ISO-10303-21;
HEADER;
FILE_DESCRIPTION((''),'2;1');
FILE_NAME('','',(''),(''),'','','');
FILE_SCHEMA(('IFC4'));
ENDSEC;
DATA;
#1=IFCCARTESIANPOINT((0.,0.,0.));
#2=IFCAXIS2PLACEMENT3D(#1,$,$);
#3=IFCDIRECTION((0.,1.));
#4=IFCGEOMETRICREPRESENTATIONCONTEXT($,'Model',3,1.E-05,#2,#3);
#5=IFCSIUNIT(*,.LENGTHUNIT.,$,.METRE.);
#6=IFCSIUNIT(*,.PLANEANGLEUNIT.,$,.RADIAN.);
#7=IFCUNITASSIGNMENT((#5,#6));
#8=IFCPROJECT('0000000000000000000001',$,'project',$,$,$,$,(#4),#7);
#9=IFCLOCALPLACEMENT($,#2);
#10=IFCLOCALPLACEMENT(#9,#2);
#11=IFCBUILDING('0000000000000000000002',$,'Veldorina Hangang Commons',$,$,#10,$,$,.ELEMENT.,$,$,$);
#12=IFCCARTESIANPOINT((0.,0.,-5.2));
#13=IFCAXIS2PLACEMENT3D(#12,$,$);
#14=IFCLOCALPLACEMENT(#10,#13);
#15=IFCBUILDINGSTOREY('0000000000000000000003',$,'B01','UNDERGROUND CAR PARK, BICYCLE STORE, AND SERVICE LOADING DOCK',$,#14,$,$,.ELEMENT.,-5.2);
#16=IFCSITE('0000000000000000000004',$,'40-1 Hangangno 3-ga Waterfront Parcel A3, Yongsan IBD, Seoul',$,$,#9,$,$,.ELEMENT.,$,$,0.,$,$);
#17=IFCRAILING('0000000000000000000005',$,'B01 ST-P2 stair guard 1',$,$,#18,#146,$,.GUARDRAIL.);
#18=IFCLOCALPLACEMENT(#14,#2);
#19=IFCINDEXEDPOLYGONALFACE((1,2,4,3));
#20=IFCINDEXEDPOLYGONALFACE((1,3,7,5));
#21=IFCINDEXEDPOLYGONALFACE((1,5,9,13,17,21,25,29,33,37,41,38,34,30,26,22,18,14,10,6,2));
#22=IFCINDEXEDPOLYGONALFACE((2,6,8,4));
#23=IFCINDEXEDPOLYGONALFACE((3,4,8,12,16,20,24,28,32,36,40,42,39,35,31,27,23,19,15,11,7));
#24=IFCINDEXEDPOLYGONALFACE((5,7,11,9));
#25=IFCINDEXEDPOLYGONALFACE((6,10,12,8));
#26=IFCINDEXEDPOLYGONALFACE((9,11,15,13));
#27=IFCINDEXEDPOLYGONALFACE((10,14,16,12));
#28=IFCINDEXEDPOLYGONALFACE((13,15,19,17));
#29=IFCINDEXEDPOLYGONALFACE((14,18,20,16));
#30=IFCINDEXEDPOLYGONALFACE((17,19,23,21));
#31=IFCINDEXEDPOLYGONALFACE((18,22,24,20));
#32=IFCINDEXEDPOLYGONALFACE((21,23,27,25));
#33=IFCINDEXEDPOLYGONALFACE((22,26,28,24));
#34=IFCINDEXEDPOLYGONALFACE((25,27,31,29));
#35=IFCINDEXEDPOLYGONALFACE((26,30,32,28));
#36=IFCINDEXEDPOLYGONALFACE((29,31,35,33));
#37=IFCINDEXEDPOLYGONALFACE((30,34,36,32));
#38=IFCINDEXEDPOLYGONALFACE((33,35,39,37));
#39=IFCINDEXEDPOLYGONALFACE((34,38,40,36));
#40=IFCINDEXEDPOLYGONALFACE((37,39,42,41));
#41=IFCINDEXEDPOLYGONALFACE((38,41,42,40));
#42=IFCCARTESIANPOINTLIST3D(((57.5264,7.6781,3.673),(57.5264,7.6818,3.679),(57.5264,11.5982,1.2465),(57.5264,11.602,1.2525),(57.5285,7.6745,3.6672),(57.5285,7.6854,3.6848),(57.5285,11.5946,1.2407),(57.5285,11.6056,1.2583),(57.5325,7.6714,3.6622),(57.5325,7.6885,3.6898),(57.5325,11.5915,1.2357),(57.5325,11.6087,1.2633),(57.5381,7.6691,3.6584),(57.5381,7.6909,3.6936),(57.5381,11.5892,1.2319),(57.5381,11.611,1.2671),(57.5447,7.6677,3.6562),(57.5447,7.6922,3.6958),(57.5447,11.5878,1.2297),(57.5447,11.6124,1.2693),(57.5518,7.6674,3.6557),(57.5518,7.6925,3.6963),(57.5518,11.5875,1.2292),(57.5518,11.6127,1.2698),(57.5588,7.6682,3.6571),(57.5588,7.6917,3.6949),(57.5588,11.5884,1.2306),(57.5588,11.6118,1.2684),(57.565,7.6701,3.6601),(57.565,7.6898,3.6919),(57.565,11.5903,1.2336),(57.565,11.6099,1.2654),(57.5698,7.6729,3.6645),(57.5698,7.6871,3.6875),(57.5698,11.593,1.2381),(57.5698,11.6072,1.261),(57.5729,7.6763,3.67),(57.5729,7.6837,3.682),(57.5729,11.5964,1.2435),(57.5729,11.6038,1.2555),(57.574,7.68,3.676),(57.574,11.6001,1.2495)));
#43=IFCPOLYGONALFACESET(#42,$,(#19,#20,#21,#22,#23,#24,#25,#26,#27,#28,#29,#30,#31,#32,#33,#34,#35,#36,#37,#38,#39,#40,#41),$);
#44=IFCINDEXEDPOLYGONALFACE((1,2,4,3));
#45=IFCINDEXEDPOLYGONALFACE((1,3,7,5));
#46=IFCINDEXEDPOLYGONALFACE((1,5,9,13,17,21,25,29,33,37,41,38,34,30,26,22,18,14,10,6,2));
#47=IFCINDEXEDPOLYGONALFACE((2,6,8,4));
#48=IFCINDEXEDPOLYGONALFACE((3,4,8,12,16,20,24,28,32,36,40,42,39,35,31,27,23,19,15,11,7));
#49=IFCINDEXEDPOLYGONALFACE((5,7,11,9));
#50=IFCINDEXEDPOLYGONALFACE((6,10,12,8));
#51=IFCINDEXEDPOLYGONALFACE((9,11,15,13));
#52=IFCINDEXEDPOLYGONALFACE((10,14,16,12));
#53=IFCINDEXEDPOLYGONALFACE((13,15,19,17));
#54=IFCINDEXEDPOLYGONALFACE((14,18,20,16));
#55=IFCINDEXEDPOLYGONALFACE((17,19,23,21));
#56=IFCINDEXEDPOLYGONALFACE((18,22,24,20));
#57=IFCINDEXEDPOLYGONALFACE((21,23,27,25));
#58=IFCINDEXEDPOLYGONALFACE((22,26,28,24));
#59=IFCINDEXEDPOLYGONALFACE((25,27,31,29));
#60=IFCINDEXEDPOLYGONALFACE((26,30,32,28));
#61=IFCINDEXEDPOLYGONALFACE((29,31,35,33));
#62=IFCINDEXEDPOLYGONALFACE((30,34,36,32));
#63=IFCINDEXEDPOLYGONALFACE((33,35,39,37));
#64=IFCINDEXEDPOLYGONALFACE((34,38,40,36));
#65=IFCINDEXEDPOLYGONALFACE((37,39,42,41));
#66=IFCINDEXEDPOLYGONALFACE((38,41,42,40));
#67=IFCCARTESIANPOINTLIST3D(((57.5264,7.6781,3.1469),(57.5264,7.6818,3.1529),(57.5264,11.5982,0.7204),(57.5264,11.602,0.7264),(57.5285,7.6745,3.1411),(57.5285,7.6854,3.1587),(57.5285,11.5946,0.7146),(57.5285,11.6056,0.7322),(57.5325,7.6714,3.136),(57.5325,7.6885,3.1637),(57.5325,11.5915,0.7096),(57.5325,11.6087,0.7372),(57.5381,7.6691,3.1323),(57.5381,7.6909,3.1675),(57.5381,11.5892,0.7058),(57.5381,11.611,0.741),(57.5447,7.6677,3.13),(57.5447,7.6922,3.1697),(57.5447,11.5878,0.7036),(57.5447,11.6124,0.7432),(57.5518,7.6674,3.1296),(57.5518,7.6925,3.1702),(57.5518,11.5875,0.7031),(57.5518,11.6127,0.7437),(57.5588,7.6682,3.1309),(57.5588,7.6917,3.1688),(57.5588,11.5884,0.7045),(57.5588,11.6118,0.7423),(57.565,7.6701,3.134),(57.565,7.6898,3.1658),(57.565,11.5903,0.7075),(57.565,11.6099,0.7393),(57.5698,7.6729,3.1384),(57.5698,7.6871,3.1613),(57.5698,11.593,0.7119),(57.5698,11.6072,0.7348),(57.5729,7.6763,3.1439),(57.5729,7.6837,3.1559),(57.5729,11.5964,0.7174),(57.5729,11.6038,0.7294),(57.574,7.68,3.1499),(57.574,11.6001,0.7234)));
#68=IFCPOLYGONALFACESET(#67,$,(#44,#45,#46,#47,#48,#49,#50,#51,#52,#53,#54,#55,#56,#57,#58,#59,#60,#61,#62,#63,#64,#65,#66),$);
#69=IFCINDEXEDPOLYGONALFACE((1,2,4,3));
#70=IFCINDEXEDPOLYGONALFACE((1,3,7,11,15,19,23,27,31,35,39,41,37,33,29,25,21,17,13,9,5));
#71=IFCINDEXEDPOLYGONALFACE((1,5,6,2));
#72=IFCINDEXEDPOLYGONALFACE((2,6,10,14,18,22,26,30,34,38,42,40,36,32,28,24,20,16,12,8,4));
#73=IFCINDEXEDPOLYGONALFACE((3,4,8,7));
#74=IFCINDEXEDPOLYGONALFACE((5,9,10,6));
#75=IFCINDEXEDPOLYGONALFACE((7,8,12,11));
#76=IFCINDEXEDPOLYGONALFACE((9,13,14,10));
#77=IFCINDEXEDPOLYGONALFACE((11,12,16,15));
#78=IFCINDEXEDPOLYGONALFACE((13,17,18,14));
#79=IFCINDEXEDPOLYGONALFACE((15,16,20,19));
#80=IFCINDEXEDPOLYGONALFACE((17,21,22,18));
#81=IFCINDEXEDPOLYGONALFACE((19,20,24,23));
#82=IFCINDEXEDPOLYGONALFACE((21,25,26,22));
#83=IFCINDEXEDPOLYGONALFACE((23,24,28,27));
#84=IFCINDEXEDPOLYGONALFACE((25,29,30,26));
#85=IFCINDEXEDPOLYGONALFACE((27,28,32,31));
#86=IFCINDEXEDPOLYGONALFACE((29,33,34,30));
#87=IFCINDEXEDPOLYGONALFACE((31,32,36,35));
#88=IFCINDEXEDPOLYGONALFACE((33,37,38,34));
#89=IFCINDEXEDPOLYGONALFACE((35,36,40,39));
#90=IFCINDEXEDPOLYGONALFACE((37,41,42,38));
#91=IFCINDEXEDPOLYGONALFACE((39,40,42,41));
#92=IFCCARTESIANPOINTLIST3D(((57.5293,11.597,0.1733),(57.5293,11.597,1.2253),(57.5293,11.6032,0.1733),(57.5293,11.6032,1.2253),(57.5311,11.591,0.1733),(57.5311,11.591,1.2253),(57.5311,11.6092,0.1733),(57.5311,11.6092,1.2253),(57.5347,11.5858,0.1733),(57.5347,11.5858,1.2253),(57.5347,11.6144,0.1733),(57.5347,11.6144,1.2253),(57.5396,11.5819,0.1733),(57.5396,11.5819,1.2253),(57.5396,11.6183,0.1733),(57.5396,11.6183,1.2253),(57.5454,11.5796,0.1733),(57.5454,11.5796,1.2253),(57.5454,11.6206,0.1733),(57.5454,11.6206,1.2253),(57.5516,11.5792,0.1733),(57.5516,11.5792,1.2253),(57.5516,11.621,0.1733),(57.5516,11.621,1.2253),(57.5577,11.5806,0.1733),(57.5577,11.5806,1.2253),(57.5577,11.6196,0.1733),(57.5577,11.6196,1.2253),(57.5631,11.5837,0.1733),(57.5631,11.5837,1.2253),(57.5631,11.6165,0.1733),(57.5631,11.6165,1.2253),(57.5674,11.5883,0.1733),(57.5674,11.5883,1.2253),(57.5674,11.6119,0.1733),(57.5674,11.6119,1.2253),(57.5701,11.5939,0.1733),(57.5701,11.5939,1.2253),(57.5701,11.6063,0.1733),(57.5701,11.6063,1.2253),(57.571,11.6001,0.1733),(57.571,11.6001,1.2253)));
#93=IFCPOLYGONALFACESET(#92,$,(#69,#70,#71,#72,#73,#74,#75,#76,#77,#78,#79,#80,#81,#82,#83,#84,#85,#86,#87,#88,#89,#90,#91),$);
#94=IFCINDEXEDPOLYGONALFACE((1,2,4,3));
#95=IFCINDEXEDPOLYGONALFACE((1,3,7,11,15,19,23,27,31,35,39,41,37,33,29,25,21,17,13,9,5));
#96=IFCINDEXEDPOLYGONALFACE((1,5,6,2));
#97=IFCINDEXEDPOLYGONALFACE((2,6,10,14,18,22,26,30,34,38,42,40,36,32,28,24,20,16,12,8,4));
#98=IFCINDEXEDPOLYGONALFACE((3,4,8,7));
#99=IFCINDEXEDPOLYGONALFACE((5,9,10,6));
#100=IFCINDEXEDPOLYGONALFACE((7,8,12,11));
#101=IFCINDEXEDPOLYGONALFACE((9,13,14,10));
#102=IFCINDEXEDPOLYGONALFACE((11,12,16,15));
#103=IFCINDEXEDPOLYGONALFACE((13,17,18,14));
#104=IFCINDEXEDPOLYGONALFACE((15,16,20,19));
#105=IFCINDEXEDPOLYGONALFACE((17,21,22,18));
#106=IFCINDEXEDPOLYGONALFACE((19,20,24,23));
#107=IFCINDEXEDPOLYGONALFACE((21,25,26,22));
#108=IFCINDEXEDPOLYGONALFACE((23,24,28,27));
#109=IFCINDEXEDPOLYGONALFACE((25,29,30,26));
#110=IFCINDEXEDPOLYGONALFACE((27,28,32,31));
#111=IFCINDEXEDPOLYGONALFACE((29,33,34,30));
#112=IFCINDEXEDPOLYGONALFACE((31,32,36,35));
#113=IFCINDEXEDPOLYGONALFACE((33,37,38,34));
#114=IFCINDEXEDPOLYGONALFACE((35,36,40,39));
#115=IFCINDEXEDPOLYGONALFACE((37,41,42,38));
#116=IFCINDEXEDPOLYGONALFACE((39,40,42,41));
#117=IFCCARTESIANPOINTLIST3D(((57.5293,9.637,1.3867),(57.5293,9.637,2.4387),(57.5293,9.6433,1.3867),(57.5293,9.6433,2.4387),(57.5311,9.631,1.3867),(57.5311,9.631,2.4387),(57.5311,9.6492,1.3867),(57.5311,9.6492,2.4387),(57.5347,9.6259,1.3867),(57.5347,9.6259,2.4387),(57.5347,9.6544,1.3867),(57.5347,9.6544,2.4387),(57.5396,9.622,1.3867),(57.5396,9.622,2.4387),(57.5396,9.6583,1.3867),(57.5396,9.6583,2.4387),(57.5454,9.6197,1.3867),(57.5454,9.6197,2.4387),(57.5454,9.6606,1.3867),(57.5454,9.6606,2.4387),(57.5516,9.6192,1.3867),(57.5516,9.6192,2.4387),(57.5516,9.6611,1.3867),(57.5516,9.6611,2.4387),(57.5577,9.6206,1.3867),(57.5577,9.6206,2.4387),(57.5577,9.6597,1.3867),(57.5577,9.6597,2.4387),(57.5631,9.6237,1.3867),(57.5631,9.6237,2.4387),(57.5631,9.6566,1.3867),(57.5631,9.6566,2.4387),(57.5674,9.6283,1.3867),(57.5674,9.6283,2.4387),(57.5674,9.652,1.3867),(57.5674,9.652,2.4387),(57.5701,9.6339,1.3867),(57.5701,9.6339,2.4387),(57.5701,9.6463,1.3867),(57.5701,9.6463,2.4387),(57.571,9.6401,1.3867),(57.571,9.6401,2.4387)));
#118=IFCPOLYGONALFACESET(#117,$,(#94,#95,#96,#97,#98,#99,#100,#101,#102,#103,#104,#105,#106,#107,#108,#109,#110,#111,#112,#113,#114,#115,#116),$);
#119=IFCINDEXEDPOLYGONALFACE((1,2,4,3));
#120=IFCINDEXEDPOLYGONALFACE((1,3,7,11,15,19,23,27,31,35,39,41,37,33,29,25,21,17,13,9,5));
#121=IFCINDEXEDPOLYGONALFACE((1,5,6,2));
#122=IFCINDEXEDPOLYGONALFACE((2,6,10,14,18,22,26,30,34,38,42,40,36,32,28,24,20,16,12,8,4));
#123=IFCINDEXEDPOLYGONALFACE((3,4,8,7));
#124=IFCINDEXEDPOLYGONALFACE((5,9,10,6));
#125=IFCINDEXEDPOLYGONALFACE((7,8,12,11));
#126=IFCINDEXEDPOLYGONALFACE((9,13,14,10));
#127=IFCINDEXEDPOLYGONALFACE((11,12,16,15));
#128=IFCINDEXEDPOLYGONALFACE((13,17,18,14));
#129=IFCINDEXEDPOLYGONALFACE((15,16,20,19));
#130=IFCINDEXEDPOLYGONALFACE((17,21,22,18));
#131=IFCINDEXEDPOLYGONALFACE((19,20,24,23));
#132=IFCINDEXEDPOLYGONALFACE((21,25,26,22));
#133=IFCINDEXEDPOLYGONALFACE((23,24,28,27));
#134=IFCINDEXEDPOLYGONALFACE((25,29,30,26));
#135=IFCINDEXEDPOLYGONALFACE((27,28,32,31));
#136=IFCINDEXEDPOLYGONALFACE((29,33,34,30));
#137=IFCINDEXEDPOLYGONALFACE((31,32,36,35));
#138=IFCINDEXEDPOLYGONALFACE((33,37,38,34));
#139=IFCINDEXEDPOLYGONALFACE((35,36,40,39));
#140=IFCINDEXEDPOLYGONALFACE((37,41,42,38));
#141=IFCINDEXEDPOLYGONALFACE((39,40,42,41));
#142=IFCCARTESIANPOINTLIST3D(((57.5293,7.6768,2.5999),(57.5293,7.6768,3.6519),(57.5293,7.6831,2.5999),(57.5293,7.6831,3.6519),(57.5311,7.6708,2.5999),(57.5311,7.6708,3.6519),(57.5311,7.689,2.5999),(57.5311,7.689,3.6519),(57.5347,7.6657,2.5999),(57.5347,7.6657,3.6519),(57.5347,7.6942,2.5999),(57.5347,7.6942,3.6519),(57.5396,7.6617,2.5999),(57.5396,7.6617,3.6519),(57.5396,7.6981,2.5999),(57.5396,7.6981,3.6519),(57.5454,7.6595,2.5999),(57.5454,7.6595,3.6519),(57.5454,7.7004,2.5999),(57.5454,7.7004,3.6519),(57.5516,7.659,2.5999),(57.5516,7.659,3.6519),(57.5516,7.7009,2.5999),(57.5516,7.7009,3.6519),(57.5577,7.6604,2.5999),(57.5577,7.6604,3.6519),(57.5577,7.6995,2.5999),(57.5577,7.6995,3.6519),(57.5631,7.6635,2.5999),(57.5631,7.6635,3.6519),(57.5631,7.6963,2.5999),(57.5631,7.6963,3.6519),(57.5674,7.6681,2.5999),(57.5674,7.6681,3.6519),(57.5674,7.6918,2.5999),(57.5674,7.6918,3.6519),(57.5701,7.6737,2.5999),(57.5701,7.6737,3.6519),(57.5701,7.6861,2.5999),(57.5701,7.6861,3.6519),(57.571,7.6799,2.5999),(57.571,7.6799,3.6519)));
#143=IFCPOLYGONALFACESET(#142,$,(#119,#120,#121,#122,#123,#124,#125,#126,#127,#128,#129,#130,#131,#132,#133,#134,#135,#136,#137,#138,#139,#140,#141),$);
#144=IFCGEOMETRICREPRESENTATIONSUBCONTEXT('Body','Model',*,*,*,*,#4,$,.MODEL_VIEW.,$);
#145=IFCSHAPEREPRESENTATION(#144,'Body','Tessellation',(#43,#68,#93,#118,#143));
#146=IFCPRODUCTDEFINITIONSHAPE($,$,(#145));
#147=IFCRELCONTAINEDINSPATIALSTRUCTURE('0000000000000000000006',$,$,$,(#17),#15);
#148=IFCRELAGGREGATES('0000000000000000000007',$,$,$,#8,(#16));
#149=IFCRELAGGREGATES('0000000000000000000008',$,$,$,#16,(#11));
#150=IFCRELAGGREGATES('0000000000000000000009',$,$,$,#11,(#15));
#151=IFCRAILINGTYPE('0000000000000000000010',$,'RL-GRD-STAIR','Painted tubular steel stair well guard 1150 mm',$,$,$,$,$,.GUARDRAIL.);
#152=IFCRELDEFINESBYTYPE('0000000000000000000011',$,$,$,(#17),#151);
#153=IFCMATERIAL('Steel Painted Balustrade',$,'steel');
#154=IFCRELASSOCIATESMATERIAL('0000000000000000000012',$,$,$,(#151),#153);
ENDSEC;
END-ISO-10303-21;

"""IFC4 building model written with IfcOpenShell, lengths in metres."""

from ifc_helpers import new_model, si_unit, direction, frame, origin, origin_2d, place, context, subcontext, project, spatial, circle, extrude, material, type_object, element, save


model = new_model("IFC4")

# Units and contexts
model_context = context("Model", 3, precision=1e-05, world=origin(), true_north=direction((0.0, 1.0)))
body_context = subcontext(model_context, "Body", "Model", "MODEL_VIEW")
ifc_project = project(units=[si_unit("LENGTHUNIT", "METRE"), si_unit("PLANEANGLEUNIT", "RADIAN")], contexts=[model_context])

# Site, building, storey
site_placement = place(None, origin())
site = spatial("IfcSite", under=ifc_project, at=site_placement, Name="40-1 Hangangno 3-ga Waterfront Parcel A3, Yongsan IBD, Seoul", CompositionType="ELEMENT", RefElevation=0.0)
building_placement = place(site_placement, origin())
building = spatial("IfcBuilding", under=site, at=building_placement, Name="Veldorina Hangang Commons", CompositionType="ELEMENT")
storey_placement = place(building_placement, frame((0.0, 0.0, -5.2)))
storey = spatial("IfcBuildingStorey", under=building, at=storey_placement, Name="B01", Description="UNDERGROUND CAR PARK, BICYCLE STORE, AND SERVICE LOADING DOCK", CompositionType="ELEMENT", Elevation=-5.2)

# Railing
ifc_material_1 = material(Name="Steel Painted Balustrade", Category="steel")
railing_type_1 = type_object("IfcRailingType", Name="RL-GRD-STAIR", Description="Painted tubular steel stair well guard 1150 mm", PredefinedType="GUARDRAIL", material=ifc_material_1)
railing_1_placement = place(storey_placement, frame((57.55, 11.6001, 0.1733)))
element("IfcRailing", 1, at=railing_1_placement, inside=storey, type_object=railing_type_1, Name="B01 ST-P2 stair guard 1", PredefinedType="GUARDRAIL", context=body_context, shape_type="SweptSolid", body=[
    extrude(circle(Radius=0.0239, at=origin_2d()), frame((0.0, 0.0, 1.0762), z_axis=(0.0, -0.85029, 0.526315), x_axis=(1.0, 0.0, 0.0)), (0.0, 0.0, 1.0), 4.6104),
    extrude(circle(Radius=0.0239, at=origin_2d()), frame((0.0, 0.0, 0.55), z_axis=(0.0, -0.85029, 0.526315), x_axis=(1.0, 0.0, 0.0)), (0.0, 0.0, 1.0), 4.6104),
    extrude(circle(Radius=0.021, at=origin_2d()), origin(), (0.0, 0.0, 1.0), 1.052),
    extrude(circle(Radius=0.021, at=origin_2d()), frame((0.0, -1.96, 1.2134)), (0.0, 0.0, 1.0), 1.052),
    extrude(circle(Radius=0.021, at=origin_2d()), frame((0.0, -3.9202, 2.4265)), (0.0, 0.0, 1.0), 1.052),
])

save(model, "model.ifc")
